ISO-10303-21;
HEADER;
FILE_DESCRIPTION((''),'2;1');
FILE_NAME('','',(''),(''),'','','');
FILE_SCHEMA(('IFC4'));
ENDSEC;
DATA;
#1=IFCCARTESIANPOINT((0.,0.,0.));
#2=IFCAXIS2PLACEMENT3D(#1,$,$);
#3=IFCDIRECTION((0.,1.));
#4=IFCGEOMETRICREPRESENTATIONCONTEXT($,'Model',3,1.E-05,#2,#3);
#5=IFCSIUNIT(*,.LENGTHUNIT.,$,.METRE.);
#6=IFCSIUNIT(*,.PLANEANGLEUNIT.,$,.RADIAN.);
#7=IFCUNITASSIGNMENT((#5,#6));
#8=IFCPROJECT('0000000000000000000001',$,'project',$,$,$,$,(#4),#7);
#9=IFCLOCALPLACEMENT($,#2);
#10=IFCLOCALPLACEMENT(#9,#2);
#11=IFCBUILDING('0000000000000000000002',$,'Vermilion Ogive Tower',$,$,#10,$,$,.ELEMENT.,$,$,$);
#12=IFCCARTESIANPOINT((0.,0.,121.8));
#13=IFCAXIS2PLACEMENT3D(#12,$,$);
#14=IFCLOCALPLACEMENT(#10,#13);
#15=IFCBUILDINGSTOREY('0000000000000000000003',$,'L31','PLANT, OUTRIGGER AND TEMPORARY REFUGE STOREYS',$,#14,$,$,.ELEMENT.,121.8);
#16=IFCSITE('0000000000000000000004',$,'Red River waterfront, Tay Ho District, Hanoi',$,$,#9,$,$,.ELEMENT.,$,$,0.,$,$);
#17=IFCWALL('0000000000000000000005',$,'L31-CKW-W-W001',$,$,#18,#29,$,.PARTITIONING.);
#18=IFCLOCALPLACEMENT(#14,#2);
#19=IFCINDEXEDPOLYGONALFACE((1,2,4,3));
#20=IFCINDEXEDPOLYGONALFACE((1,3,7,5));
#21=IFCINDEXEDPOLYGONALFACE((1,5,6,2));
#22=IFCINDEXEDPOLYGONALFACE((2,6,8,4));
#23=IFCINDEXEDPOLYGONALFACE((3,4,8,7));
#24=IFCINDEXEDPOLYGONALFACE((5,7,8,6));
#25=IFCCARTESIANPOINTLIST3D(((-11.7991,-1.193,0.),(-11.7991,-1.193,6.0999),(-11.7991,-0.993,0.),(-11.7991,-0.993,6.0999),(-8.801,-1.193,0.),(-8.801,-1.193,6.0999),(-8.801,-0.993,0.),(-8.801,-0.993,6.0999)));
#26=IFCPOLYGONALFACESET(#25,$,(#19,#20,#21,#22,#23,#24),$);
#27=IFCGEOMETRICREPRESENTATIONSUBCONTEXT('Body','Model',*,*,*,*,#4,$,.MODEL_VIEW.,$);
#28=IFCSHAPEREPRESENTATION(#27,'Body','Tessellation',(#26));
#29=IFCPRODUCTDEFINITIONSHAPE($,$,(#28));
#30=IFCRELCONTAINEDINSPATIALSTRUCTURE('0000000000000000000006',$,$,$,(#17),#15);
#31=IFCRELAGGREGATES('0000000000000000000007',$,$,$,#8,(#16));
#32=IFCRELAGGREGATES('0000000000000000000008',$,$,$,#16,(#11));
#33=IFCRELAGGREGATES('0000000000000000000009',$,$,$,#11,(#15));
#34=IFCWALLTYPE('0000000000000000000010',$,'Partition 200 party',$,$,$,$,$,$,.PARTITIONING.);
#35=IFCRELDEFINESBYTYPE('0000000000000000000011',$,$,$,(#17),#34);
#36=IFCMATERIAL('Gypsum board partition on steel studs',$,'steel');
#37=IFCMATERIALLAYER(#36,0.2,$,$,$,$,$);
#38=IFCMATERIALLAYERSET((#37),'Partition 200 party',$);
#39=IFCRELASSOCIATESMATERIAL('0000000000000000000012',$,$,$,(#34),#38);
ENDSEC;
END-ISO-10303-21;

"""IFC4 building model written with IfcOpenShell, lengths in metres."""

from ifc_helpers import new_model, si_unit, direction, frame, frame_2d, origin, place, context, subcontext, project, spatial, rectangle, extrude, material, layer, layer_set, type_object, element, save


model = new_model("IFC4")

# Units and contexts
model_context = context("Model", 3, precision=1e-05, world=origin(), true_north=direction((0.0, 1.0)))
body_context = subcontext(model_context, "Body", "Model", "MODEL_VIEW")
ifc_project = project(units=[si_unit("LENGTHUNIT", "METRE"), si_unit("PLANEANGLEUNIT", "RADIAN")], contexts=[model_context])

# Site, building, storey
site_placement = place(None, origin())
site = spatial("IfcSite", under=ifc_project, at=site_placement, Name="Red River waterfront, Tay Ho District, Hanoi", CompositionType="ELEMENT", RefElevation=0.0)
building_placement = place(site_placement, origin())
building = spatial("IfcBuilding", under=site, at=building_placement, Name="Vermilion Ogive Tower", CompositionType="ELEMENT")
storey_placement = place(building_placement, frame((0.0, 0.0, 121.8)))
storey = spatial("IfcBuildingStorey", under=building, at=storey_placement, Name="L31", Description="PLANT, OUTRIGGER AND TEMPORARY REFUGE STOREYS", CompositionType="ELEMENT", Elevation=121.8)

# Wall
ifc_material_1 = material(Name="Gypsum board partition on steel studs", Category="steel")
ifc_layer_1 = layer(ifc_material_1, 0.2)
ifc_layer_set_1 = layer_set([ifc_layer_1], Name="Partition 200 party")
wall_type_1 = type_object("IfcWallType", Name="Partition 200 party", PredefinedType="PARTITIONING", material=ifc_layer_set_1)
wall_1_placement = place(storey_placement, frame((-11.7991, -1.093, 0.0), z_axis=(0.0, 0.0, 1.0), x_axis=(1.0, 0.0, 0.0)))
element("IfcWall", 1, at=wall_1_placement, inside=storey, type_object=wall_type_1, Name="L31-CKW-W-W001", PredefinedType="PARTITIONING", context=body_context, shape_type="SweptSolid", body=[
    extrude(rectangle(XDim=2.998, YDim=0.2, at=frame_2d((1.499, 0.0))), origin(), (0.0, 0.0, 1.0), 6.0999),
])

save(model, "model.ifc")
